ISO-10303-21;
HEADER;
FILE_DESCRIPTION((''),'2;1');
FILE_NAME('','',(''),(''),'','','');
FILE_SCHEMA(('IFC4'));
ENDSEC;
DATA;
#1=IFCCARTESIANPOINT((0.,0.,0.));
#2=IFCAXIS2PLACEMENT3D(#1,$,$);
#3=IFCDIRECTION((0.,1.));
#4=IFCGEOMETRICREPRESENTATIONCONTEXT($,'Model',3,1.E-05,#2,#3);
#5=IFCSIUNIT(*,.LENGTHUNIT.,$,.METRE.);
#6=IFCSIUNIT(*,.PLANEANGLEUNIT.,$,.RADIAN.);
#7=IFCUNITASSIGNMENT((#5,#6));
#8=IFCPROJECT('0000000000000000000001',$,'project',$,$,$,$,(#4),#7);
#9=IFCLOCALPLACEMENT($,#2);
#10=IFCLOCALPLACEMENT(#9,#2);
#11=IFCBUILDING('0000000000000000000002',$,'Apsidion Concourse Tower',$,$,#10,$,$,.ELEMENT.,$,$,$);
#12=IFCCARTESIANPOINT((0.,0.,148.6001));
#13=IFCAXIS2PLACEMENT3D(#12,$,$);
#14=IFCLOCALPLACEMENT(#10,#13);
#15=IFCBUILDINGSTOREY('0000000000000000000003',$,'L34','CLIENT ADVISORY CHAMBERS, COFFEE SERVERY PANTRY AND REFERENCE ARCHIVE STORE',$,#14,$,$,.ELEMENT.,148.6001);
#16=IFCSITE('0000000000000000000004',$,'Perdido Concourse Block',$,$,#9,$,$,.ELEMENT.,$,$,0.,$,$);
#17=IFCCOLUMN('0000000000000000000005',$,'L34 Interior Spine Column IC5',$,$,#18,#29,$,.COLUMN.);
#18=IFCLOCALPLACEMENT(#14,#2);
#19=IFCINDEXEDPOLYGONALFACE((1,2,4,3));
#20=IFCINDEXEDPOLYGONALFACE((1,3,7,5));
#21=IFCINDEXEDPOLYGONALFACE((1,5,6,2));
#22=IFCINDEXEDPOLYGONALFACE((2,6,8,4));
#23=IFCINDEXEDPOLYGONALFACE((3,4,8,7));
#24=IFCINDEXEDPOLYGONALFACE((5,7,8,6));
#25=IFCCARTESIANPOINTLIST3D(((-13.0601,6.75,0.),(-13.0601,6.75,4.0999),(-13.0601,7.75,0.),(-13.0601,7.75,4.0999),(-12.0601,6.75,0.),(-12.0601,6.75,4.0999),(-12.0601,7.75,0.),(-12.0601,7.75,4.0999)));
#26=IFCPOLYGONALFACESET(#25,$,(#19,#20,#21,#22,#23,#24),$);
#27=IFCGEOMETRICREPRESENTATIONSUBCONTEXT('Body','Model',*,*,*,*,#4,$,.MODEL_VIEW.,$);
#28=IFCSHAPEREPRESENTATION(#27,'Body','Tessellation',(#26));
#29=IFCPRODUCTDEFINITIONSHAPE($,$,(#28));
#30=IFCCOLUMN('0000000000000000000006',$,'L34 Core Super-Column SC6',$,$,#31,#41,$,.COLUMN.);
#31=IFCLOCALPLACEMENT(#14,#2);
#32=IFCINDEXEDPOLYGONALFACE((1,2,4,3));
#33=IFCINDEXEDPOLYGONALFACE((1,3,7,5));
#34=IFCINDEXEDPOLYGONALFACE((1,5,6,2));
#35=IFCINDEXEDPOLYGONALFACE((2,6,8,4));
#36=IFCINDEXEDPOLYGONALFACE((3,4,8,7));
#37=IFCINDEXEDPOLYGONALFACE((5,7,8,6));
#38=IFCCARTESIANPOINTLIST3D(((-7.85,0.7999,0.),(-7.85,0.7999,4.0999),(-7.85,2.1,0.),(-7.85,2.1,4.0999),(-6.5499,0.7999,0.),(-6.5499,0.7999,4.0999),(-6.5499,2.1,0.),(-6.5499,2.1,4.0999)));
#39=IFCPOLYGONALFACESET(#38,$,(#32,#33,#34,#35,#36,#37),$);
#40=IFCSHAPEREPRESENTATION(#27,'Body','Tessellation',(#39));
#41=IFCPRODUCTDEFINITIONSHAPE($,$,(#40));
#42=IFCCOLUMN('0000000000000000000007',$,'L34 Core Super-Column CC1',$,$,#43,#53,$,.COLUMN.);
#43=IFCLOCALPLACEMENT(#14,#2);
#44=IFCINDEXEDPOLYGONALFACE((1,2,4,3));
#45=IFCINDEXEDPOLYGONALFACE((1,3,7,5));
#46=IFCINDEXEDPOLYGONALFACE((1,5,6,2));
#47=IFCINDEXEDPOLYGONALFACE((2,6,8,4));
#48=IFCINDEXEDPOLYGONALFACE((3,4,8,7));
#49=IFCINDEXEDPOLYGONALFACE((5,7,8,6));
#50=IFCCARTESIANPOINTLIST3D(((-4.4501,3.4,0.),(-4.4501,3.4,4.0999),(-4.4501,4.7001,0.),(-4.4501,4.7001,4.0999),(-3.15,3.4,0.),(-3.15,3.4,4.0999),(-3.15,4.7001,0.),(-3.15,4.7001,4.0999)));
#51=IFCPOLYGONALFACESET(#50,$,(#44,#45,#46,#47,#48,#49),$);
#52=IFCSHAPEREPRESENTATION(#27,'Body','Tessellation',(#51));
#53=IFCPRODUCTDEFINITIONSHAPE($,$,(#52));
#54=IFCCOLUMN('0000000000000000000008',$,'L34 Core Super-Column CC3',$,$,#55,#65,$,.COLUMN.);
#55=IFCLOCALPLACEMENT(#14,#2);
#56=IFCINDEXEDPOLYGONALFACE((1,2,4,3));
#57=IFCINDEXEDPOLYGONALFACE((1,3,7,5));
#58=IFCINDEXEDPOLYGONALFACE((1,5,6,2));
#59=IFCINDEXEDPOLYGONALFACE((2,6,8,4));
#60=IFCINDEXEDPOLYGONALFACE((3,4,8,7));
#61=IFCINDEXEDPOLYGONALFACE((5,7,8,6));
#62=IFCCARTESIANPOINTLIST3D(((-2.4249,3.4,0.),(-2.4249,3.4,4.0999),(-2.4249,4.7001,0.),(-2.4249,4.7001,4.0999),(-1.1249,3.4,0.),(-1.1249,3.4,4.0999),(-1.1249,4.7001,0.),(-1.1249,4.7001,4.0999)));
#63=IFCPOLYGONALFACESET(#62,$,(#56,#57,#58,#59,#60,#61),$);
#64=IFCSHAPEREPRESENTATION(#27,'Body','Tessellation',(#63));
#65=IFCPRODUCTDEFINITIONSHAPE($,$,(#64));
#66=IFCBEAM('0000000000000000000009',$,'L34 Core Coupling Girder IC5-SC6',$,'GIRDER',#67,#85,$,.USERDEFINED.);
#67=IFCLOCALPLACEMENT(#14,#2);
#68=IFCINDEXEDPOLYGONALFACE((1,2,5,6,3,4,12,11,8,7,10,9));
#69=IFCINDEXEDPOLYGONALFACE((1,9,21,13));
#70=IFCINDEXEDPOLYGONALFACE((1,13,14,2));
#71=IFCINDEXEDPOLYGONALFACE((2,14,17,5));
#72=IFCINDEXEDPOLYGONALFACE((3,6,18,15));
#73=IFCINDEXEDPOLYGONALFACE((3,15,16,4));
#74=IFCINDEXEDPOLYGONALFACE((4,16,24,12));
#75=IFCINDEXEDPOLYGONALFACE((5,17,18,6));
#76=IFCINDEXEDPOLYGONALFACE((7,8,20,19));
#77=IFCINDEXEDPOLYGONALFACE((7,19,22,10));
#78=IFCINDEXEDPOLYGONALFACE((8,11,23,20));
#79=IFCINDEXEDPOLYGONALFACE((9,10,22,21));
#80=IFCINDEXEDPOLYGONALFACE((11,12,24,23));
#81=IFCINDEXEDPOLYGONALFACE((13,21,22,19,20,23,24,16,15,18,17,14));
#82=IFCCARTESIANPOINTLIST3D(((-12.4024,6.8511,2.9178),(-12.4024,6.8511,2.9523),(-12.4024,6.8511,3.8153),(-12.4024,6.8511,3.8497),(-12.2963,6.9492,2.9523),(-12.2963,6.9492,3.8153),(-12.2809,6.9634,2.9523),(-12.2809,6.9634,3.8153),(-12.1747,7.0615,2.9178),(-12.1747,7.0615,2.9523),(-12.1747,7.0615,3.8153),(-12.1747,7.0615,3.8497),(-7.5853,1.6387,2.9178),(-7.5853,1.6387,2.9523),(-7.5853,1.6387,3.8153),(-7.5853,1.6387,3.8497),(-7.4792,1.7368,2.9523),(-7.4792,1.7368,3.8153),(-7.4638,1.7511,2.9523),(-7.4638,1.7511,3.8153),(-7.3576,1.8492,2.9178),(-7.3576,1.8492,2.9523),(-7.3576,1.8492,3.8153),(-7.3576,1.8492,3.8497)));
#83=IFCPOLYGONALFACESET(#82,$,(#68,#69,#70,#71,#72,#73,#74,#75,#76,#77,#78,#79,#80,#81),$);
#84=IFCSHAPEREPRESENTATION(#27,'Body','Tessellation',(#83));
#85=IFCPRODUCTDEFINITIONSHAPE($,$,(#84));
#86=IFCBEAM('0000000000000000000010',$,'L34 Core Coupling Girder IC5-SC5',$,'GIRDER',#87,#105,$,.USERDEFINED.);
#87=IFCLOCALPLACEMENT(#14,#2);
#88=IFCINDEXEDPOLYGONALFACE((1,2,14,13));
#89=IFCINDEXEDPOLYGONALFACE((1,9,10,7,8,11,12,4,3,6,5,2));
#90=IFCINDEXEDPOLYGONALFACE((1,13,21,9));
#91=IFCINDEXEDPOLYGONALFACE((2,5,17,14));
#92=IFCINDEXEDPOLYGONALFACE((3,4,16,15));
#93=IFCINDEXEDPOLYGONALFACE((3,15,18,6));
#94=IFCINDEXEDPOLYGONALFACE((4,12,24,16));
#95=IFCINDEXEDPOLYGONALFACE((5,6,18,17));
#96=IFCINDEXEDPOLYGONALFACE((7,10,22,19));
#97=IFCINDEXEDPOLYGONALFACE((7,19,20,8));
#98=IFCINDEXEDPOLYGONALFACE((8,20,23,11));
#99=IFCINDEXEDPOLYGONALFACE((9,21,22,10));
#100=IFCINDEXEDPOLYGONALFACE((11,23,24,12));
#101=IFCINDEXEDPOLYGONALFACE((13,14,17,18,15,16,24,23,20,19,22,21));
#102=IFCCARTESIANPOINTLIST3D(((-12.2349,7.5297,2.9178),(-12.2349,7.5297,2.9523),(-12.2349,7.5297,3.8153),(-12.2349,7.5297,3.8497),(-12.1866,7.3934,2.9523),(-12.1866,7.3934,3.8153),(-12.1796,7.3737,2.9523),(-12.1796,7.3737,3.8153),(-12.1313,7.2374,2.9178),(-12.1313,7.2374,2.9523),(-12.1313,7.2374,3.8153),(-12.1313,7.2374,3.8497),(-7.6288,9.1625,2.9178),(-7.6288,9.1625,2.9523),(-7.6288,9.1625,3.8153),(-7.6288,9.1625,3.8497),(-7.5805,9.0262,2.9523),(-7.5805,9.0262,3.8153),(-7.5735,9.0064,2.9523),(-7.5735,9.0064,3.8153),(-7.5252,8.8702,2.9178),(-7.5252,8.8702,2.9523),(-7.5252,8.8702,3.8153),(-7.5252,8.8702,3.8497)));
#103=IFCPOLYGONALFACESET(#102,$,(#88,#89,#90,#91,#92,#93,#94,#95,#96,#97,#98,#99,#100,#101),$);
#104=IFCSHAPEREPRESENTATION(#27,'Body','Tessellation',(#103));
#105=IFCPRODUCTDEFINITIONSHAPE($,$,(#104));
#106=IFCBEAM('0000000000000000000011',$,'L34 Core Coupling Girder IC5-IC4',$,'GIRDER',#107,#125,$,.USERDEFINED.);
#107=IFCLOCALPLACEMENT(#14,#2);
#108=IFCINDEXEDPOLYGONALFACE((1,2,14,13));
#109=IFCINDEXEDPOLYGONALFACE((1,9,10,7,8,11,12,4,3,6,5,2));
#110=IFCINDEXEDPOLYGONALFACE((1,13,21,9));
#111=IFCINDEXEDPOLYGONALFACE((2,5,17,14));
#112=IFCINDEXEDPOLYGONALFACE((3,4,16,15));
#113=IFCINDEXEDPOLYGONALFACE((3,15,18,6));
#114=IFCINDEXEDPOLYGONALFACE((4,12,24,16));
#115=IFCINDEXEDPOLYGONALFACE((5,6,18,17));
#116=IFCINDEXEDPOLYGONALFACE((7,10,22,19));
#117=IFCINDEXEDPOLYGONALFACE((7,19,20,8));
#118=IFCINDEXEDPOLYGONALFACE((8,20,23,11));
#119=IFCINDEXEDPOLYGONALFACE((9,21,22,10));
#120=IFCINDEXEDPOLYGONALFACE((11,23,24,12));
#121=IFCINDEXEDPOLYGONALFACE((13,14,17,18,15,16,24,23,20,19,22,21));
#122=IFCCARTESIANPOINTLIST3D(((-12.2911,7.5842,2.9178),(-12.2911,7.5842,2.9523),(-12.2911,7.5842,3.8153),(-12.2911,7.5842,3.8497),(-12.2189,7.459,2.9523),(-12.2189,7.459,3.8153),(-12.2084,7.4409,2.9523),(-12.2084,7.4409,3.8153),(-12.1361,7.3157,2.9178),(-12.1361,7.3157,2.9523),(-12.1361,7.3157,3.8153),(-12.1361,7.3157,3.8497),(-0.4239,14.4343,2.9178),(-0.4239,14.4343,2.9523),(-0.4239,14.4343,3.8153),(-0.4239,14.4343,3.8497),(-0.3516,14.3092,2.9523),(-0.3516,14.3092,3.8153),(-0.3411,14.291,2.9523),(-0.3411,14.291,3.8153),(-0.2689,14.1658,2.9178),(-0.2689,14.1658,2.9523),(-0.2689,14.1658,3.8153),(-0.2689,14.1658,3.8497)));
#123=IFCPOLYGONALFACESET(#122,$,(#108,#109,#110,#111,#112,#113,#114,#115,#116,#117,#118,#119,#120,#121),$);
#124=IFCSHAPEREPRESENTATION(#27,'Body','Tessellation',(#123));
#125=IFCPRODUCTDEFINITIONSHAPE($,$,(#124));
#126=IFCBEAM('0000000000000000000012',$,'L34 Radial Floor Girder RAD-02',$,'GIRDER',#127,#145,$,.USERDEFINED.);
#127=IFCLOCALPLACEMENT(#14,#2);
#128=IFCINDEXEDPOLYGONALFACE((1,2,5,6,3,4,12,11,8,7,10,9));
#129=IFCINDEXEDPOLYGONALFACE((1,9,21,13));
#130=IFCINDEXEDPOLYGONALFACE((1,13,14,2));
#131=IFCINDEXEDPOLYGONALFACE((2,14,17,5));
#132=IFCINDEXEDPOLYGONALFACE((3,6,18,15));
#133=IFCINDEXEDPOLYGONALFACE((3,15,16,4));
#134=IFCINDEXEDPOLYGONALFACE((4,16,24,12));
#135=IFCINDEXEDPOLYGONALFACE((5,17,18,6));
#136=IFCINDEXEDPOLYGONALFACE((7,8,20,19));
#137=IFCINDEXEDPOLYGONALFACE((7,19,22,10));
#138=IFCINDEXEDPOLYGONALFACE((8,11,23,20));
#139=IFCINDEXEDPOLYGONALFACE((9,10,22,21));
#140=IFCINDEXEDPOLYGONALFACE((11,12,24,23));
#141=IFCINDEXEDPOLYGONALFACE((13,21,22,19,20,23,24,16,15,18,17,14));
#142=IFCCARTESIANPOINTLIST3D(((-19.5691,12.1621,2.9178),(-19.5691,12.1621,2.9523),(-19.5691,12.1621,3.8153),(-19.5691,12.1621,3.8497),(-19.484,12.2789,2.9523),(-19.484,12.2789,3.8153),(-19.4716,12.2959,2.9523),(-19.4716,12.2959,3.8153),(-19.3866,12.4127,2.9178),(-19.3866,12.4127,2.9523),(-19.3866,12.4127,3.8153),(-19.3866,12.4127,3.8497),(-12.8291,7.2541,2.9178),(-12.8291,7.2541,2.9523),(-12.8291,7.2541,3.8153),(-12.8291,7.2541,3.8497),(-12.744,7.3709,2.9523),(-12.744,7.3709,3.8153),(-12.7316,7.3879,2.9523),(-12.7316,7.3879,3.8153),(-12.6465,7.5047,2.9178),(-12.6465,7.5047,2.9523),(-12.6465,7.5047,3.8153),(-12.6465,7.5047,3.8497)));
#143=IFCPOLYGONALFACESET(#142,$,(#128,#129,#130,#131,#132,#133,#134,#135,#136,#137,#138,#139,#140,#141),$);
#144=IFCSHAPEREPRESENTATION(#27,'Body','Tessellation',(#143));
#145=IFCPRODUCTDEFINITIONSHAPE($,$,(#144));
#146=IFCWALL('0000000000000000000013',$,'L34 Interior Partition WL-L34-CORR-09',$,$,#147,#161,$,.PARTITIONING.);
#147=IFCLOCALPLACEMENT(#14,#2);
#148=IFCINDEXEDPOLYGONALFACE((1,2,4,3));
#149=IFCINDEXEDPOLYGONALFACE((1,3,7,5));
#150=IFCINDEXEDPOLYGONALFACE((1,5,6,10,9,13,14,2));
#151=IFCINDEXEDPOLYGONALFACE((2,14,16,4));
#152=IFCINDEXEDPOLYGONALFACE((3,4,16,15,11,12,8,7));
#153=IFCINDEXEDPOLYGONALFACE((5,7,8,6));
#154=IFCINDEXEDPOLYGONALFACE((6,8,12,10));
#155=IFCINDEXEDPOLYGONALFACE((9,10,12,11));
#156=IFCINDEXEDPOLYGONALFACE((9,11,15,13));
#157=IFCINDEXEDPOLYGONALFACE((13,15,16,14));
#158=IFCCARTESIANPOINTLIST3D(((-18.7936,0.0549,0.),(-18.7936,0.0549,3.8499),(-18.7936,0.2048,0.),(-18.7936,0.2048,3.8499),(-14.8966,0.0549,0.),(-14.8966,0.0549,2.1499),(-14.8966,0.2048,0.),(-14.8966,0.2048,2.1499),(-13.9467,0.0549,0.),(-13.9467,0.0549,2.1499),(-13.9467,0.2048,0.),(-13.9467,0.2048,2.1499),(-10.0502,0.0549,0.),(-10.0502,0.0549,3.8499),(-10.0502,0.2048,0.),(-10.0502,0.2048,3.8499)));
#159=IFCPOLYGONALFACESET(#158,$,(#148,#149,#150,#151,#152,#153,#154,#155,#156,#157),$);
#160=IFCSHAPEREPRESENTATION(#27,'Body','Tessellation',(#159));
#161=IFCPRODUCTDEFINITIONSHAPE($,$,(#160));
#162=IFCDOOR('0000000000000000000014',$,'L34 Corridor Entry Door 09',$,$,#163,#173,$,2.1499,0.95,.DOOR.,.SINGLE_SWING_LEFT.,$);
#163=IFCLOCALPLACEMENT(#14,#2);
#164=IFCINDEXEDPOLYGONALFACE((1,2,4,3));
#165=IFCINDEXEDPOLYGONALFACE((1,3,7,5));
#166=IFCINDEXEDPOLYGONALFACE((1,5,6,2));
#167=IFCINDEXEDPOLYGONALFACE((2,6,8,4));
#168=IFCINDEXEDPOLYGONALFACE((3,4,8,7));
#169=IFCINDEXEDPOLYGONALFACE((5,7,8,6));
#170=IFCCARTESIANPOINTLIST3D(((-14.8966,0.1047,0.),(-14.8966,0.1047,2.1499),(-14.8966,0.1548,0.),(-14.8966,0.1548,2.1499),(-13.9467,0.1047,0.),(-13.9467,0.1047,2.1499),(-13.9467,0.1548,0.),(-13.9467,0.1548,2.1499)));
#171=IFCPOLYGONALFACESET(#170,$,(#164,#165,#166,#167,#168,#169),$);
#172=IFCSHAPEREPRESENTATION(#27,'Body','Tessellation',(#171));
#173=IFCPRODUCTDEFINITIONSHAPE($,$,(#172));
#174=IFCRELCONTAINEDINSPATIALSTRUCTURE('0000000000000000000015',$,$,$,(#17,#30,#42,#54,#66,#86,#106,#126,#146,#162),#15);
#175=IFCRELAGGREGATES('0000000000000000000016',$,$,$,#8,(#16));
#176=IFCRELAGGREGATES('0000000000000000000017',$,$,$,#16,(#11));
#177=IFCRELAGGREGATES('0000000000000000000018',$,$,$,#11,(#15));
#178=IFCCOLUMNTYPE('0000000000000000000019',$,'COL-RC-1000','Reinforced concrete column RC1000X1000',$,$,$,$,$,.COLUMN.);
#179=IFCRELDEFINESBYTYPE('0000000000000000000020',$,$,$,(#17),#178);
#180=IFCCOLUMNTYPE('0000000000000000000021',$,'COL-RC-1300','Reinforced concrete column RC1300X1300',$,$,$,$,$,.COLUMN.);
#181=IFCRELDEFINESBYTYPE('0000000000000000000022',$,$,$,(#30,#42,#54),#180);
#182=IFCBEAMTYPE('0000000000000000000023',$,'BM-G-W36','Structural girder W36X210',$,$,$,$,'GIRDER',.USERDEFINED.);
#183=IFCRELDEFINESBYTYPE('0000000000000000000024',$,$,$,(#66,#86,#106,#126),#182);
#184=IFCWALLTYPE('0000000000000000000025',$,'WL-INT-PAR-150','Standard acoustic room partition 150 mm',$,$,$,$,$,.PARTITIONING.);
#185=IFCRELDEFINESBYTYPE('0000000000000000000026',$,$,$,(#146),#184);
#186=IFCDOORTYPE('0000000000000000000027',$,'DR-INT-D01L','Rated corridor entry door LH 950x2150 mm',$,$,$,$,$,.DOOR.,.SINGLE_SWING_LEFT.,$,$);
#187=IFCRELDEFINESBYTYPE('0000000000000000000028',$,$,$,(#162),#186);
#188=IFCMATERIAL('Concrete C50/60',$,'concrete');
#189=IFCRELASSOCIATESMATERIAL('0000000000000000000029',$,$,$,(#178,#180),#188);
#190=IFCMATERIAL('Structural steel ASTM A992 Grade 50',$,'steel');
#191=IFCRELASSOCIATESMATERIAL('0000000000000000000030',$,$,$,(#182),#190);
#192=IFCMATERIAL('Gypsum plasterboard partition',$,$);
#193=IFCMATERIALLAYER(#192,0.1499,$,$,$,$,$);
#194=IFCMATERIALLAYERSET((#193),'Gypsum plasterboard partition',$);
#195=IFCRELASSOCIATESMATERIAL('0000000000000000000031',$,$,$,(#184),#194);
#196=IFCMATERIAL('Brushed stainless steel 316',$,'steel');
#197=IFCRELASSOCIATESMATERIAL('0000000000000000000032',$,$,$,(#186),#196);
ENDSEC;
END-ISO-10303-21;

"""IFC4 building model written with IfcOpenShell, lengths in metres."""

from ifc_helpers import new_model, si_unit, direction, frame, frame_2d, origin, origin_2d, place, context, subcontext, project, spatial, rectangle, i_section, extrude, material, layer, layer_set, material_profile, profile_set, type_object, element, fill, save


model = new_model("IFC4")

# Units and contexts
model_context = context("Model", 3, precision=1e-05, world=origin(), true_north=direction((0.0, 1.0)))
body_context = subcontext(model_context, "Body", "Model", "MODEL_VIEW")
ifc_project = project(units=[si_unit("LENGTHUNIT", "METRE"), si_unit("PLANEANGLEUNIT", "RADIAN")], contexts=[model_context])

# Site, building, storey
site_placement = place(None, origin())
site = spatial("IfcSite", under=ifc_project, at=site_placement, Name="Perdido Concourse Block", CompositionType="ELEMENT", RefElevation=0.0)
building_placement = place(site_placement, origin())
building = spatial("IfcBuilding", under=site, at=building_placement, Name="Apsidion Concourse Tower", CompositionType="ELEMENT")
storey_placement = place(building_placement, frame((0.0, 0.0, 148.6001)))
storey = spatial("IfcBuildingStorey", under=building, at=storey_placement, Name="L34", Description="CLIENT ADVISORY CHAMBERS, COFFEE SERVERY PANTRY AND REFERENCE ARCHIVE STORE", CompositionType="ELEMENT", Elevation=148.6001)

# Columns
ifc_material_1 = material(Name="Concrete C50/60", Category="concrete")
ifc_material_profile_1 = material_profile(ifc_material_1, rectangle(XDim=1.0, YDim=1.0, at=origin_2d()), Name="RC 1000x1000")
ifc_profile_set_1 = profile_set([ifc_material_profile_1], Name="Concrete C50/60")
column_type_1 = type_object("IfcColumnType", Name="COL-RC-1000", Description="Reinforced concrete column RC1000X1000", PredefinedType="COLUMN", material=ifc_profile_set_1)
column_placement = place(storey_placement, frame((-12.5601, 7.25, 0.0), z_axis=(0.0, 0.0, 1.0), x_axis=(1.0, 0.0, 0.0)))
element("IfcColumn", 1, at=column_placement, inside=storey, type_object=column_type_1, Name="L34 Interior Spine Column IC5", PredefinedType="COLUMN", context=body_context, shape_type="SweptSolid", body=[
    extrude(rectangle(XDim=1.0, YDim=1.0, at=origin_2d()), origin(), (0.0, 0.0, 1.0), 4.0999),
])
ifc_material_profile_2 = material_profile(ifc_material_1, rectangle(XDim=1.3, YDim=1.3, at=origin_2d()), Name="RC 1300x1300")
ifc_profile_set_2 = profile_set([ifc_material_profile_2], Name="Concrete C50/60")
column_type_2 = type_object("IfcColumnType", Name="COL-RC-1300", Description="Reinforced concrete column RC1300X1300", PredefinedType="COLUMN", material=ifc_profile_set_2)
for number, where, z_axis, x_axis, name in (
    (2, (-7.2, 1.45, 0.0), (0.0, 0.0, 1.0), (1.0, 0.0, 0.0), "L34 Core Super-Column SC6"),
    (3, (-3.8, 4.05, 0.0), (0.0, 0.0, 1.0), (1.0, 0.0, 0.0), "L34 Core Super-Column CC1"),
    (4, (-1.7749, 4.05, 0.0), (0.0, 0.0, 1.0), (1.0, 0.0, 0.0), "L34 Core Super-Column CC3"),
):
    element("IfcColumn", number, at=place(storey_placement, frame(where, z_axis=z_axis, x_axis=x_axis)), inside=storey, type_object=column_type_2, Name=name, PredefinedType="COLUMN", context=body_context, shape_type="SweptSolid", body=[
        extrude(rectangle(XDim=1.3, YDim=1.3, at=origin_2d()), origin(), (0.0, 0.0, 1.0), 4.0999),
    ])

# Beams
ifc_material_2 = material(Name="Structural steel ASTM A992 Grade 50", Category="steel")
ifc_material_profile_3 = material_profile(ifc_material_2, i_section(OverallWidth=0.3101, OverallDepth=0.9319, WebThickness=0.021, FlangeThickness=0.0344, at=origin_2d()), Name="W36X210")
ifc_profile_set_3 = profile_set([ifc_material_profile_3], Name="Structural steel ASTM A992 Grade 50")
beam_type = type_object("IfcBeamType", Name="BM-G-W36", Description="Structural girder W36X210", ElementType="GIRDER", PredefinedType="USERDEFINED", material=ifc_profile_set_3)
beam_1_placement = place(storey_placement, frame((-12.2886, 6.9563, 3.3838), z_axis=(0.678713, -0.734404, 0.0), x_axis=(0.734404, 0.678713, 0.0)))
element("IfcBeam", 5, at=beam_1_placement, inside=storey, type_object=beam_type, Name="L34 Core Coupling Girder IC5-SC6", ObjectType="GIRDER", PredefinedType="USERDEFINED", context=body_context, shape_type="SweptSolid", body=[
    extrude(i_section(OverallWidth=0.3101, OverallDepth=0.9319, WebThickness=0.021, FlangeThickness=0.0344, at=origin_2d()), origin(), (0.0, 0.0, 1.0), 7.0974),
])
beam_2_placement = place(storey_placement, frame((-12.1831, 7.3835, 3.3838), z_axis=(0.942534, 0.334111, 0.0), x_axis=(-0.334111, 0.942534, 0.0)))
element("IfcBeam", 6, at=beam_2_placement, inside=storey, type_object=beam_type, Name="L34 Core Coupling Girder IC5-SC5", ObjectType="GIRDER", PredefinedType="USERDEFINED", context=body_context, shape_type="SweptSolid", body=[
    extrude(i_section(OverallWidth=0.3101, OverallDepth=0.9319, WebThickness=0.021, FlangeThickness=0.0344, at=origin_2d()), origin(), (0.0, 0.0, 1.0), 4.887),
])
beam_3_placement = place(storey_placement, frame((-12.2136, 7.45, 3.3838), z_axis=(0.86607, 0.499922, 0.0), x_axis=(-0.499922, 0.86607, 0.0)))
element("IfcBeam", 7, at=beam_3_placement, inside=storey, type_object=beam_type, Name="L34 Core Coupling Girder IC5-IC4", ObjectType="GIRDER", PredefinedType="USERDEFINED", context=body_context, shape_type="SweptSolid", body=[
    extrude(i_section(OverallWidth=0.3101, OverallDepth=0.9319, WebThickness=0.021, FlangeThickness=0.0344, at=origin_2d()), origin(), (0.0, 0.0, 1.0), 13.7024),
])
beam_4_placement = place(storey_placement, frame((-12.7378, 7.3794, 3.3838), z_axis=(-0.808385, 0.588654, 0.0), x_axis=(-0.588654, -0.808385, 0.0)))
element("IfcBeam", 8, at=beam_4_placement, inside=storey, type_object=beam_type, Name="L34 Radial Floor Girder RAD-02", ObjectType="GIRDER", PredefinedType="USERDEFINED", context=body_context, shape_type="SweptSolid", body=[
    extrude(i_section(OverallWidth=0.3101, OverallDepth=0.9319, WebThickness=0.021, FlangeThickness=0.0344, at=origin_2d()), origin(), (0.0, 0.0, 1.0), 8.3376),
])

# Wall, opening, door
ifc_material_3 = material(Name="Gypsum plasterboard partition")
ifc_layer_1 = layer(ifc_material_3, 0.1499)
ifc_layer_set_1 = layer_set([ifc_layer_1], Name="Gypsum plasterboard partition")
wall_type_1 = type_object("IfcWallType", Name="WL-INT-PAR-150", Description="Standard acoustic room partition 150 mm", PredefinedType="PARTITIONING", material=ifc_layer_set_1)
wall_1_placement = place(storey_placement, frame((-18.7935, 0.1299, 0.0), z_axis=(0.0, 0.0, 1.0), x_axis=(1.0, 0.0, 0.0)))
wall_1 = element("IfcWall", 9, at=wall_1_placement, inside=storey, type_object=wall_type_1, Name="L34 Interior Partition WL-L34-CORR-09", PredefinedType="PARTITIONING", context=body_context, shape_type="SweptSolid", body=[
    extrude(rectangle(XDim=8.7434, YDim=0.1499, at=frame_2d((4.3716, 0.0))), origin(), (0.0, 0.0, 1.0), 3.8499),
])
opening_1_placement = place(wall_1_placement, frame((3.8967, 0.0, 0.0)))
opening_1 = element("IfcOpeningElement", 10, at=opening_1_placement, cuts=wall_1, PredefinedType="OPENING", context=body_context, shape_type="SweptSolid", body=[
    extrude(rectangle(XDim=0.95, YDim=2.1499, at=frame_2d((0.4751, 1.075))), frame((0.0, 0.085, 0.0), z_axis=(0.0, -1.0, 0.0), x_axis=(1.0, 0.0, 0.0)), (0.0, 0.0, 1.0), 0.1699),
])
ifc_material_4 = material(Name="Brushed stainless steel 316", Category="steel")
door_type_1 = type_object("IfcDoorType", Name="DR-INT-D01L", Description="Rated corridor entry door LH 950x2150 mm", OperationType="SINGLE_SWING_LEFT", PredefinedType="DOOR", material=ifc_material_4)
door_1_placement = place(opening_1_placement, origin())
door_1 = element("IfcDoor", 11, at=door_1_placement, inside=storey, type_object=door_type_1, Name="L34 Corridor Entry Door 09", OperationType="SINGLE_SWING_LEFT", OverallHeight=2.1499, OverallWidth=0.95, PredefinedType="DOOR", context=body_context, shape_type="SweptSolid", body=[
    extrude(rectangle(XDim=0.95, YDim=2.1499, at=frame_2d((0.4751, 1.075))), frame((0.0, 0.0249, 0.0), z_axis=(0.0, -1.0, 0.0), x_axis=(1.0, 0.0, 0.0)), (0.0, 0.0, 1.0), 0.05),
])
fill(opening_1, door_1)

save(model, "model.ifc")
